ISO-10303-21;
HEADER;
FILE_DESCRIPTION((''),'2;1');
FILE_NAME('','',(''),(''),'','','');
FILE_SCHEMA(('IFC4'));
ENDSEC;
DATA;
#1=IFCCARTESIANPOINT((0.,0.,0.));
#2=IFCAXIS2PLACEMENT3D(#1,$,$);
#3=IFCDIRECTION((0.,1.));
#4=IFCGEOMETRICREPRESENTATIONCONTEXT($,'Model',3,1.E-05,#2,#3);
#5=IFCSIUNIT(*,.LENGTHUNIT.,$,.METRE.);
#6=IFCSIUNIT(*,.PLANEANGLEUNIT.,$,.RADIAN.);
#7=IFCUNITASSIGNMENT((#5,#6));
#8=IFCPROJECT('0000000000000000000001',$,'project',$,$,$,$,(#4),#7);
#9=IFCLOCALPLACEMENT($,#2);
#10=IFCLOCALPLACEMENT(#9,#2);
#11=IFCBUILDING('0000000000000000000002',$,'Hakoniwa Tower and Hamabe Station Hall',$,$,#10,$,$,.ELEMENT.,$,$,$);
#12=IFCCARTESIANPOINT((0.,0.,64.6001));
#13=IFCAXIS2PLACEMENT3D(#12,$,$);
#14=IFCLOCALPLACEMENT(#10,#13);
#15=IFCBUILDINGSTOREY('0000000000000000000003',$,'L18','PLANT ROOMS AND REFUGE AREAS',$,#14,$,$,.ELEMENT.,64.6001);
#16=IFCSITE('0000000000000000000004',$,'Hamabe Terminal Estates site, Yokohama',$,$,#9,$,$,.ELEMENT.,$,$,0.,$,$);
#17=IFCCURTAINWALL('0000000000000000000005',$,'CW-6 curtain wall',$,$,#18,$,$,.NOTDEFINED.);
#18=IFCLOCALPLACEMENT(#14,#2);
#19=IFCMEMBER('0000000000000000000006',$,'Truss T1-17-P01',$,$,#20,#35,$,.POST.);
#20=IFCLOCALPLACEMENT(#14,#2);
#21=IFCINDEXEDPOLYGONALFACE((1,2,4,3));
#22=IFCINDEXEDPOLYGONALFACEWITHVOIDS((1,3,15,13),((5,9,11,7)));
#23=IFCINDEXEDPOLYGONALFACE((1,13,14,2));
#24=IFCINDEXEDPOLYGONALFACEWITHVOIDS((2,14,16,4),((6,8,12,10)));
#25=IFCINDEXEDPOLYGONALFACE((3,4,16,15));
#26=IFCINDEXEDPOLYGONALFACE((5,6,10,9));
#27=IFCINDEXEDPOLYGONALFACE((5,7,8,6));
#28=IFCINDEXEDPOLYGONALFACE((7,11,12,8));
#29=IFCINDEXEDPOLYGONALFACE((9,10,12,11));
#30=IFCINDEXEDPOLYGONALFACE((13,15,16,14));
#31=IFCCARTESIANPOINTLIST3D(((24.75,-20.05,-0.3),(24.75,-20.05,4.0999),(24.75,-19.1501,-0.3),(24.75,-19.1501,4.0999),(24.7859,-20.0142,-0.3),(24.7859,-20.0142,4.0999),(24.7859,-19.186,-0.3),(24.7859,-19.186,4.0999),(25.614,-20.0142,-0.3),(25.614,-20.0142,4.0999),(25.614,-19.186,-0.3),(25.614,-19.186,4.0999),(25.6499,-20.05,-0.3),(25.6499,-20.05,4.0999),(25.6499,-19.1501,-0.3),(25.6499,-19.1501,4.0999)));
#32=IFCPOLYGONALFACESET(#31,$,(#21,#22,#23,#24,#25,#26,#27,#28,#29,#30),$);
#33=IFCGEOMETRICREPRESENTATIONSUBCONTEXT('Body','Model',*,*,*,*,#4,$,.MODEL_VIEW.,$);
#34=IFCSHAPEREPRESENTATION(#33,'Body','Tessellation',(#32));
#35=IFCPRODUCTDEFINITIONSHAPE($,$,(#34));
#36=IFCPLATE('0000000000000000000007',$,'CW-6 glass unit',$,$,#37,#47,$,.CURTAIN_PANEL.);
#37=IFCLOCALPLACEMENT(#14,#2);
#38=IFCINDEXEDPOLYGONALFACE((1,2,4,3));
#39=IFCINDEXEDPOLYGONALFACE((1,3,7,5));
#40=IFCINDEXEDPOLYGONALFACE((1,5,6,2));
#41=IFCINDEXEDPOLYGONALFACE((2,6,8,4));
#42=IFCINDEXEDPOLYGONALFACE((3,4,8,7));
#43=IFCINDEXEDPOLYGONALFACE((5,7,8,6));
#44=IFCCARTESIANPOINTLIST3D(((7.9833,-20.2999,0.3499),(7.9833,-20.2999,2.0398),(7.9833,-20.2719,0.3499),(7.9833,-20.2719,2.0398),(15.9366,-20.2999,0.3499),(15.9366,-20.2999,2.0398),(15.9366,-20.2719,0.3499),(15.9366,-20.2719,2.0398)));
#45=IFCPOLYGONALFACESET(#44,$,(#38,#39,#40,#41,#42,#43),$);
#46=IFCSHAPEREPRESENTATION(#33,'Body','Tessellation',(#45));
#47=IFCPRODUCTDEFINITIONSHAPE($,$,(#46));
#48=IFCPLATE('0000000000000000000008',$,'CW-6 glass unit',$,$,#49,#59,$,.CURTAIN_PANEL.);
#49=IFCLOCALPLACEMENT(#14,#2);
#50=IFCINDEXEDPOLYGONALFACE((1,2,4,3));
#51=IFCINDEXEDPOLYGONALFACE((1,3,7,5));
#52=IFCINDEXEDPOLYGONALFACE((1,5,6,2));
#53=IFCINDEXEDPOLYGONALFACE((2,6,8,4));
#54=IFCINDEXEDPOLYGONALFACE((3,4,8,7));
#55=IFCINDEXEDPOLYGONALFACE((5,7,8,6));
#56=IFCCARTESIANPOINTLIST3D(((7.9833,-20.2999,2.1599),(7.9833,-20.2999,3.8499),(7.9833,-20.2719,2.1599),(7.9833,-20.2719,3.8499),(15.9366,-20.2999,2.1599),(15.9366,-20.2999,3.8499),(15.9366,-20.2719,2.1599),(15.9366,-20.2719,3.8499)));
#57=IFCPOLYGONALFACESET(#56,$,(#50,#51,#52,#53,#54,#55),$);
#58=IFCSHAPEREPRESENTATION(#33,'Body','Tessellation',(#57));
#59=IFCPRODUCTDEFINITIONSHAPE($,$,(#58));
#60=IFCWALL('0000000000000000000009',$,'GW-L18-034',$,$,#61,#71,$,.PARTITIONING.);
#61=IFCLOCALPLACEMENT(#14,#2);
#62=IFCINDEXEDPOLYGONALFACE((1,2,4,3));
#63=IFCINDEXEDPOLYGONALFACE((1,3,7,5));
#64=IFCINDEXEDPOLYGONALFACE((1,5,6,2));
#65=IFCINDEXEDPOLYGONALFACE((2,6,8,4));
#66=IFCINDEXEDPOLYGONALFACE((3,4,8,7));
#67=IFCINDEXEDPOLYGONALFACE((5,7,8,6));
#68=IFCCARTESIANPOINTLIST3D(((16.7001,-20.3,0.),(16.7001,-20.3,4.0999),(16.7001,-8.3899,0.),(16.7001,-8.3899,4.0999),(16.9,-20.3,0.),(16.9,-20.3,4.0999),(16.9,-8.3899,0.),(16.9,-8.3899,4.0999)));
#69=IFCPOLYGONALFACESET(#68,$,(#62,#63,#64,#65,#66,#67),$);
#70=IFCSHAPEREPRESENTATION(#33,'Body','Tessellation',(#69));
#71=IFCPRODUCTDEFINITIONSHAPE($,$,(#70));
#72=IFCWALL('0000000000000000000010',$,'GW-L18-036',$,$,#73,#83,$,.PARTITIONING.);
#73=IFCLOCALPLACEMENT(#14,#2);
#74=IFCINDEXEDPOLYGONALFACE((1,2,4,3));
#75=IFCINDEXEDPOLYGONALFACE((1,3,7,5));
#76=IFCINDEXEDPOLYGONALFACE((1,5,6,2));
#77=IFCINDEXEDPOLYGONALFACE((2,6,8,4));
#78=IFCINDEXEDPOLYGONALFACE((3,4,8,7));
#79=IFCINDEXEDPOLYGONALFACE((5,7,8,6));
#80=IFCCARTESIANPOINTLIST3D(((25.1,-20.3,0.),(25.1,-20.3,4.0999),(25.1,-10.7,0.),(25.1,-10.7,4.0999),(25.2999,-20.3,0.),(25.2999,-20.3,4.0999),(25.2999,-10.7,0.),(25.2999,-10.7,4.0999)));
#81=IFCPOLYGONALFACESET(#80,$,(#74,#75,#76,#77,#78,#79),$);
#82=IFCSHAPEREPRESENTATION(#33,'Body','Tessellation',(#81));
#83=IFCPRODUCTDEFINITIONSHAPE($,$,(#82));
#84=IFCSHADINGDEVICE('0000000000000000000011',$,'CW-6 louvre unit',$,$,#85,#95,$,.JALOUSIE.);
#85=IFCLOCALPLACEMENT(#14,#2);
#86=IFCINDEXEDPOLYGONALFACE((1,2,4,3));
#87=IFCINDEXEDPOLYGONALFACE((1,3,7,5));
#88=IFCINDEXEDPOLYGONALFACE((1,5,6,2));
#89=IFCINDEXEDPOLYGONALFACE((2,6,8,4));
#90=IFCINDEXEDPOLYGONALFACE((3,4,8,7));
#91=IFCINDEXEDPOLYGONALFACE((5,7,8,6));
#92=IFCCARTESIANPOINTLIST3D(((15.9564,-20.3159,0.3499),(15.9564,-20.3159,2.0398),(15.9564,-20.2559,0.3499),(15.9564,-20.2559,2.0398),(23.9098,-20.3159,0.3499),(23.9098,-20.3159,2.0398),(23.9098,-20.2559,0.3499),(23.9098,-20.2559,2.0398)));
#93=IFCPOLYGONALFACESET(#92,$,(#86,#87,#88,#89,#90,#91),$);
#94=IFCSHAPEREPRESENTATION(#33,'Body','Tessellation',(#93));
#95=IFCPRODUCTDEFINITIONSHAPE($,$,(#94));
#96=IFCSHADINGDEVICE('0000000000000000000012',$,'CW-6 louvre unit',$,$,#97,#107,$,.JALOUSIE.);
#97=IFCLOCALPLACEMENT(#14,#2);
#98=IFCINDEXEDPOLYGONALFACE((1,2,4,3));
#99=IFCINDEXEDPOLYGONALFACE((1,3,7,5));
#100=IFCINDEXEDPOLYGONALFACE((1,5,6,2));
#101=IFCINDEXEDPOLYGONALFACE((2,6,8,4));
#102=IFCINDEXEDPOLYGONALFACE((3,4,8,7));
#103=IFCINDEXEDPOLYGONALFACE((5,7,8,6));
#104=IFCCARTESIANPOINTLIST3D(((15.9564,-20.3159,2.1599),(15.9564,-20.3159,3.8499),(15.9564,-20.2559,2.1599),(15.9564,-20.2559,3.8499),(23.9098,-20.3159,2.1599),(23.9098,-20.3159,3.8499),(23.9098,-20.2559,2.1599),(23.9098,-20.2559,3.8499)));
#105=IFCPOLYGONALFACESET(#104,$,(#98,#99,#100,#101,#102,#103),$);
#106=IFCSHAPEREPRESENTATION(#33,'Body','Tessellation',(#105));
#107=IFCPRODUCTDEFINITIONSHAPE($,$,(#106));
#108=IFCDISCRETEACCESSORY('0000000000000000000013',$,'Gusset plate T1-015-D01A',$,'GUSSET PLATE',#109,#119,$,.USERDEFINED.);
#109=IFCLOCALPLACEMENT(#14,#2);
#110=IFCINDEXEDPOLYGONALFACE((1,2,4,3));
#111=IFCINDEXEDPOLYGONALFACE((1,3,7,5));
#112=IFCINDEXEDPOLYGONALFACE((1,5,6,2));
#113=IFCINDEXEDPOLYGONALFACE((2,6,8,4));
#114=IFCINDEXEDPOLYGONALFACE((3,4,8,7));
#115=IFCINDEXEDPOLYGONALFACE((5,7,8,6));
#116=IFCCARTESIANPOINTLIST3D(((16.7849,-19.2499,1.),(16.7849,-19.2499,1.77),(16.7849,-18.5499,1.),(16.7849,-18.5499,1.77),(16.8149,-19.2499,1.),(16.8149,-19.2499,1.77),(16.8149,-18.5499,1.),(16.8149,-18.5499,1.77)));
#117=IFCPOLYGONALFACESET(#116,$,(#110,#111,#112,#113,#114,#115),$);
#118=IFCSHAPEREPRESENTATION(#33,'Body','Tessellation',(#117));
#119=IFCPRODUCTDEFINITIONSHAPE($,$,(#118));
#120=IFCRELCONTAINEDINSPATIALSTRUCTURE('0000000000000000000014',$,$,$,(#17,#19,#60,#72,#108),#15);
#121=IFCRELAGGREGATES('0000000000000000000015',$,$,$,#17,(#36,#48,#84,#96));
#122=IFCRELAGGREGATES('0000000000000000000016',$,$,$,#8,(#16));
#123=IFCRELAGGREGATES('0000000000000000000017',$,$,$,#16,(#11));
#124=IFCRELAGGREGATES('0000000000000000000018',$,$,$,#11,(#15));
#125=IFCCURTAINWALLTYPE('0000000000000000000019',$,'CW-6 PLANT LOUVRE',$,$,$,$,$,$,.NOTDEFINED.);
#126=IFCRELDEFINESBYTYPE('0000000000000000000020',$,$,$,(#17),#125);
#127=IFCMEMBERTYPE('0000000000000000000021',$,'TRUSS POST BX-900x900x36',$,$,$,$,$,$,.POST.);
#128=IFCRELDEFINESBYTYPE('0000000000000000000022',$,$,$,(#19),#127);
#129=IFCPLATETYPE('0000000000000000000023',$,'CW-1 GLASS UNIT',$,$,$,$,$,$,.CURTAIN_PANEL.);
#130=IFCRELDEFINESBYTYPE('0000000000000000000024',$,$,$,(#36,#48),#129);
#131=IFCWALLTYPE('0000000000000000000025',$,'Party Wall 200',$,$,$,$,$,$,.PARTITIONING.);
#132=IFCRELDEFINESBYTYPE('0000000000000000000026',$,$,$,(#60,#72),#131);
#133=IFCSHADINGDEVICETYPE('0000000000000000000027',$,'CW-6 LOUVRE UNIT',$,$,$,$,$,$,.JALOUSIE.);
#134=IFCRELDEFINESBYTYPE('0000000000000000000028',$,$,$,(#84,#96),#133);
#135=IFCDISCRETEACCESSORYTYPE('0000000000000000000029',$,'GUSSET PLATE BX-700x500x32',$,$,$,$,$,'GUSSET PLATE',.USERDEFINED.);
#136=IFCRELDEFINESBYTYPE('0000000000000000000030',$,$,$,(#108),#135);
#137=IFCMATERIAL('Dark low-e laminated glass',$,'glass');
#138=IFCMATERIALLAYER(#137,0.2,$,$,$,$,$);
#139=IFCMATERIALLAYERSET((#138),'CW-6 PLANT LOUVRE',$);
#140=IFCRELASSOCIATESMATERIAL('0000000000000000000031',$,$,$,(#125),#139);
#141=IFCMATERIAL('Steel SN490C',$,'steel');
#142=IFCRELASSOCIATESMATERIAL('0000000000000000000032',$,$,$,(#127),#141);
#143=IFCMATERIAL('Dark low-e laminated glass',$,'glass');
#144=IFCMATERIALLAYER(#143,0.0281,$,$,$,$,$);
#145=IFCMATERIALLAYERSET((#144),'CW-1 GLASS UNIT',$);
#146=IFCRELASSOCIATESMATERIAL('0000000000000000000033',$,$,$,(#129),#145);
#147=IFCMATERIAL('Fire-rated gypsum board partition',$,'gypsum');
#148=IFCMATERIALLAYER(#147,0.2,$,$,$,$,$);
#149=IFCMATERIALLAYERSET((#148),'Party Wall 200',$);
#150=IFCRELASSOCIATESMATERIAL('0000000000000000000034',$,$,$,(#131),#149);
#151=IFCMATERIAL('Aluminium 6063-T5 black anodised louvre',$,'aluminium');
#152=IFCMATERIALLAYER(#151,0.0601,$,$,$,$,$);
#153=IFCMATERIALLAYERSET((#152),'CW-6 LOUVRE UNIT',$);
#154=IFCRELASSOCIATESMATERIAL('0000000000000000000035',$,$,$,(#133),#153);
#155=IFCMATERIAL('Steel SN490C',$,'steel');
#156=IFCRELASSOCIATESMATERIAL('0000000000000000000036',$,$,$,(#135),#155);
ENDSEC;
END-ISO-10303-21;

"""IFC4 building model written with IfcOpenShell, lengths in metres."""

from ifc_helpers import new_model, si_unit, direction, frame, frame_2d, origin, origin_2d, place, context, subcontext, project, spatial, rectangle, hollow_rectangle, extrude, material, layer, layer_set, material_profile, profile_set, type_object, element, aggregate, save


model = new_model("IFC4")

# Units and contexts
model_context = context("Model", 3, precision=1e-05, world=origin(), true_north=direction((0.0, 1.0)))
body_context = subcontext(model_context, "Body", "Model", "MODEL_VIEW")
ifc_project = project(units=[si_unit("LENGTHUNIT", "METRE"), si_unit("PLANEANGLEUNIT", "RADIAN")], contexts=[model_context])

# Site, building, storey
site_placement = place(None, origin())
site = spatial("IfcSite", under=ifc_project, at=site_placement, Name="Hamabe Terminal Estates site, Yokohama", CompositionType="ELEMENT", RefElevation=0.0)
building_placement = place(site_placement, origin())
building = spatial("IfcBuilding", under=site, at=building_placement, Name="Hakoniwa Tower and Hamabe Station Hall", CompositionType="ELEMENT")
storey_placement = place(building_placement, frame((0.0, 0.0, 64.6001)))
storey = spatial("IfcBuildingStorey", under=building, at=storey_placement, Name="L18", Description="PLANT ROOMS AND REFUGE AREAS", CompositionType="ELEMENT", Elevation=64.6001)

# Curtain wall
ifc_material_1 = material(Name="Dark low-e laminated glass", Category="glass")
ifc_layer_1 = layer(ifc_material_1, 0.2)
ifc_layer_set_1 = layer_set([ifc_layer_1], Name="CW-6 PLANT LOUVRE")
curtain_wall_type = type_object("IfcCurtainWallType", Name="CW-6 PLANT LOUVRE", PredefinedType="NOTDEFINED", material=ifc_layer_set_1)
curtain_wall_placement = place(storey_placement, origin())
curtain_wall = element("IfcCurtainWall", 1, at=curtain_wall_placement, inside=storey, type_object=curtain_wall_type, Name="CW-6 curtain wall", PredefinedType="NOTDEFINED")

# Member
ifc_material_2 = material(Name="Steel SN490C", Category="steel")
ifc_material_profile_1 = material_profile(ifc_material_2, hollow_rectangle(XDim=0.8999, YDim=0.8999, WallThickness=0.0359, at=origin_2d()), Name="BX-900x900x36")
ifc_profile_set_1 = profile_set([ifc_material_profile_1], Name="Steel SN490C")
member_type_1 = type_object("IfcMemberType", Name="TRUSS POST BX-900x900x36", PredefinedType="POST", material=ifc_profile_set_1)
for number, where, z_axis, x_axis, name in (
    (2, (25.2, -19.6001, -0.3), (0.0, 0.0, 1.0), (1.0, 0.0, 0.0), "Truss T1-17-P01"),
):
    element("IfcMember", number, at=place(storey_placement, frame(where, z_axis=z_axis, x_axis=x_axis)), inside=storey, type_object=member_type_1, Name=name, PredefinedType="POST", context=body_context, shape_type="SweptSolid", body=[
        extrude(hollow_rectangle(XDim=0.8999, YDim=0.8999, WallThickness=0.0359, at=origin_2d()), origin(), (0.0, 0.0, 1.0), 4.3999),
    ])

# Plates
ifc_material_3 = material(Name="Dark low-e laminated glass", Category="glass")
ifc_layer_2 = layer(ifc_material_3, 0.0281)
ifc_layer_set_2 = layer_set([ifc_layer_2], Name="CW-1 GLASS UNIT")
plate_type = type_object("IfcPlateType", Name="CW-1 GLASS UNIT", PredefinedType="CURTAIN_PANEL", material=ifc_layer_set_2)
plate_1_placement = place(storey_placement, frame((11.96, -20.2859, 0.3499), z_axis=(0.0, 0.0, 1.0), x_axis=(1.0, 0.0, 0.0)))
plate_1 = element("IfcPlate", 3, at=plate_1_placement, type_object=plate_type, Name="CW-6 glass unit", PredefinedType="CURTAIN_PANEL", context=body_context, shape_type="SweptSolid", body=[
    extrude(rectangle(XDim=7.9534, YDim=0.0281, at=origin_2d()), origin(), (0.0, 0.0, 1.0), 1.6899),
])
plate_2_placement = place(storey_placement, frame((11.96, -20.2859, 2.1599), z_axis=(0.0, 0.0, 1.0), x_axis=(1.0, 0.0, 0.0)))
plate_2 = element("IfcPlate", 4, at=plate_2_placement, type_object=plate_type, Name="CW-6 glass unit", PredefinedType="CURTAIN_PANEL", context=body_context, shape_type="SweptSolid", body=[
    extrude(rectangle(XDim=7.9534, YDim=0.0281, at=origin_2d()), origin(), (0.0, 0.0, 1.0), 1.6899),
])

# Walls
ifc_material_4 = material(Name="Fire-rated gypsum board partition", Category="gypsum")
ifc_layer_3 = layer(ifc_material_4, 0.2)
ifc_layer_set_3 = layer_set([ifc_layer_3], Name="Party Wall 200")
wall_type = type_object("IfcWallType", Name="Party Wall 200", PredefinedType="PARTITIONING", material=ifc_layer_set_3)
wall_1_placement = place(storey_placement, frame((16.8, -20.3, 0.0), z_axis=(0.0, 0.0, 1.0), x_axis=(0.0, 1.0, 0.0)))
element("IfcWall", 5, at=wall_1_placement, inside=storey, type_object=wall_type, Name="GW-L18-034", PredefinedType="PARTITIONING", context=body_context, shape_type="SweptSolid", body=[
    extrude(rectangle(XDim=11.9102, YDim=0.2, at=frame_2d((5.9551, 0.0))), origin(), (0.0, 0.0, 1.0), 4.0999),
])
wall_2_placement = place(storey_placement, frame((25.2, -20.3, 0.0), z_axis=(0.0, 0.0, 1.0), x_axis=(0.0, 1.0, 0.0)))
element("IfcWall", 6, at=wall_2_placement, inside=storey, type_object=wall_type, Name="GW-L18-036", PredefinedType="PARTITIONING", context=body_context, shape_type="SweptSolid", body=[
    extrude(rectangle(XDim=9.6001, YDim=0.2, at=frame_2d((4.8, 0.0))), origin(), (0.0, 0.0, 1.0), 4.0999),
])

# Shading devices
ifc_material_5 = material(Name="Aluminium 6063-T5 black anodised louvre", Category="aluminium")
ifc_layer_4 = layer(ifc_material_5, 0.0601)
ifc_layer_set_4 = layer_set([ifc_layer_4], Name="CW-6 LOUVRE UNIT")
shading_device_type = type_object("IfcShadingDeviceType", Name="CW-6 LOUVRE UNIT", PredefinedType="JALOUSIE", material=ifc_layer_set_4)
shading_device_1_placement = place(storey_placement, frame((19.9331, -20.2859, 0.3499), z_axis=(0.0, 0.0, 1.0), x_axis=(1.0, 0.0, 0.0)))
shading_device_1 = element("IfcShadingDevice", 7, at=shading_device_1_placement, type_object=shading_device_type, Name="CW-6 louvre unit", PredefinedType="JALOUSIE", context=body_context, shape_type="SweptSolid", body=[
    extrude(rectangle(XDim=7.9534, YDim=0.0601, at=origin_2d()), origin(), (0.0, 0.0, 1.0), 1.6899),
])
shading_device_2_placement = place(storey_placement, frame((19.9331, -20.2859, 2.1599), z_axis=(0.0, 0.0, 1.0), x_axis=(1.0, 0.0, 0.0)))
shading_device_2 = element("IfcShadingDevice", 8, at=shading_device_2_placement, type_object=shading_device_type, Name="CW-6 louvre unit", PredefinedType="JALOUSIE", context=body_context, shape_type="SweptSolid", body=[
    extrude(rectangle(XDim=7.9534, YDim=0.0601, at=origin_2d()), origin(), (0.0, 0.0, 1.0), 1.6899),
])
aggregate(curtain_wall, [plate_1, plate_2, shading_device_1, shading_device_2])

# Discrete accessory
ifc_material_6 = material(Name="Steel SN490C", Category="steel")
ifc_material_profile_2 = material_profile(ifc_material_6, rectangle(XDim=0.7, YDim=0.77, at=origin_2d()), Name="GUSSET PLATE BX-700x500x32")
ifc_profile_set_2 = profile_set([ifc_material_profile_2], Name="Steel SN490C")
discrete_accessory_type = type_object("IfcDiscreteAccessoryType", Name="GUSSET PLATE BX-700x500x32", ElementType="GUSSET PLATE", PredefinedType="USERDEFINED", material=ifc_profile_set_2)
discrete_accessory_placement = place(storey_placement, frame((16.8149, -18.8999, 1.385), z_axis=(-1.0, 0.0, 0.0), x_axis=(0.0, -1.0, 0.0)))
element("IfcDiscreteAccessory", 9, at=discrete_accessory_placement, inside=storey, type_object=discrete_accessory_type, Name="Gusset plate T1-015-D01A", ObjectType="GUSSET PLATE", PredefinedType="USERDEFINED", context=body_context, shape_type="SweptSolid", body=[
    extrude(rectangle(XDim=0.7, YDim=0.77, at=origin_2d()), origin(), (0.0, 0.0, 1.0), 0.03),
])

save(model, "model.ifc")
